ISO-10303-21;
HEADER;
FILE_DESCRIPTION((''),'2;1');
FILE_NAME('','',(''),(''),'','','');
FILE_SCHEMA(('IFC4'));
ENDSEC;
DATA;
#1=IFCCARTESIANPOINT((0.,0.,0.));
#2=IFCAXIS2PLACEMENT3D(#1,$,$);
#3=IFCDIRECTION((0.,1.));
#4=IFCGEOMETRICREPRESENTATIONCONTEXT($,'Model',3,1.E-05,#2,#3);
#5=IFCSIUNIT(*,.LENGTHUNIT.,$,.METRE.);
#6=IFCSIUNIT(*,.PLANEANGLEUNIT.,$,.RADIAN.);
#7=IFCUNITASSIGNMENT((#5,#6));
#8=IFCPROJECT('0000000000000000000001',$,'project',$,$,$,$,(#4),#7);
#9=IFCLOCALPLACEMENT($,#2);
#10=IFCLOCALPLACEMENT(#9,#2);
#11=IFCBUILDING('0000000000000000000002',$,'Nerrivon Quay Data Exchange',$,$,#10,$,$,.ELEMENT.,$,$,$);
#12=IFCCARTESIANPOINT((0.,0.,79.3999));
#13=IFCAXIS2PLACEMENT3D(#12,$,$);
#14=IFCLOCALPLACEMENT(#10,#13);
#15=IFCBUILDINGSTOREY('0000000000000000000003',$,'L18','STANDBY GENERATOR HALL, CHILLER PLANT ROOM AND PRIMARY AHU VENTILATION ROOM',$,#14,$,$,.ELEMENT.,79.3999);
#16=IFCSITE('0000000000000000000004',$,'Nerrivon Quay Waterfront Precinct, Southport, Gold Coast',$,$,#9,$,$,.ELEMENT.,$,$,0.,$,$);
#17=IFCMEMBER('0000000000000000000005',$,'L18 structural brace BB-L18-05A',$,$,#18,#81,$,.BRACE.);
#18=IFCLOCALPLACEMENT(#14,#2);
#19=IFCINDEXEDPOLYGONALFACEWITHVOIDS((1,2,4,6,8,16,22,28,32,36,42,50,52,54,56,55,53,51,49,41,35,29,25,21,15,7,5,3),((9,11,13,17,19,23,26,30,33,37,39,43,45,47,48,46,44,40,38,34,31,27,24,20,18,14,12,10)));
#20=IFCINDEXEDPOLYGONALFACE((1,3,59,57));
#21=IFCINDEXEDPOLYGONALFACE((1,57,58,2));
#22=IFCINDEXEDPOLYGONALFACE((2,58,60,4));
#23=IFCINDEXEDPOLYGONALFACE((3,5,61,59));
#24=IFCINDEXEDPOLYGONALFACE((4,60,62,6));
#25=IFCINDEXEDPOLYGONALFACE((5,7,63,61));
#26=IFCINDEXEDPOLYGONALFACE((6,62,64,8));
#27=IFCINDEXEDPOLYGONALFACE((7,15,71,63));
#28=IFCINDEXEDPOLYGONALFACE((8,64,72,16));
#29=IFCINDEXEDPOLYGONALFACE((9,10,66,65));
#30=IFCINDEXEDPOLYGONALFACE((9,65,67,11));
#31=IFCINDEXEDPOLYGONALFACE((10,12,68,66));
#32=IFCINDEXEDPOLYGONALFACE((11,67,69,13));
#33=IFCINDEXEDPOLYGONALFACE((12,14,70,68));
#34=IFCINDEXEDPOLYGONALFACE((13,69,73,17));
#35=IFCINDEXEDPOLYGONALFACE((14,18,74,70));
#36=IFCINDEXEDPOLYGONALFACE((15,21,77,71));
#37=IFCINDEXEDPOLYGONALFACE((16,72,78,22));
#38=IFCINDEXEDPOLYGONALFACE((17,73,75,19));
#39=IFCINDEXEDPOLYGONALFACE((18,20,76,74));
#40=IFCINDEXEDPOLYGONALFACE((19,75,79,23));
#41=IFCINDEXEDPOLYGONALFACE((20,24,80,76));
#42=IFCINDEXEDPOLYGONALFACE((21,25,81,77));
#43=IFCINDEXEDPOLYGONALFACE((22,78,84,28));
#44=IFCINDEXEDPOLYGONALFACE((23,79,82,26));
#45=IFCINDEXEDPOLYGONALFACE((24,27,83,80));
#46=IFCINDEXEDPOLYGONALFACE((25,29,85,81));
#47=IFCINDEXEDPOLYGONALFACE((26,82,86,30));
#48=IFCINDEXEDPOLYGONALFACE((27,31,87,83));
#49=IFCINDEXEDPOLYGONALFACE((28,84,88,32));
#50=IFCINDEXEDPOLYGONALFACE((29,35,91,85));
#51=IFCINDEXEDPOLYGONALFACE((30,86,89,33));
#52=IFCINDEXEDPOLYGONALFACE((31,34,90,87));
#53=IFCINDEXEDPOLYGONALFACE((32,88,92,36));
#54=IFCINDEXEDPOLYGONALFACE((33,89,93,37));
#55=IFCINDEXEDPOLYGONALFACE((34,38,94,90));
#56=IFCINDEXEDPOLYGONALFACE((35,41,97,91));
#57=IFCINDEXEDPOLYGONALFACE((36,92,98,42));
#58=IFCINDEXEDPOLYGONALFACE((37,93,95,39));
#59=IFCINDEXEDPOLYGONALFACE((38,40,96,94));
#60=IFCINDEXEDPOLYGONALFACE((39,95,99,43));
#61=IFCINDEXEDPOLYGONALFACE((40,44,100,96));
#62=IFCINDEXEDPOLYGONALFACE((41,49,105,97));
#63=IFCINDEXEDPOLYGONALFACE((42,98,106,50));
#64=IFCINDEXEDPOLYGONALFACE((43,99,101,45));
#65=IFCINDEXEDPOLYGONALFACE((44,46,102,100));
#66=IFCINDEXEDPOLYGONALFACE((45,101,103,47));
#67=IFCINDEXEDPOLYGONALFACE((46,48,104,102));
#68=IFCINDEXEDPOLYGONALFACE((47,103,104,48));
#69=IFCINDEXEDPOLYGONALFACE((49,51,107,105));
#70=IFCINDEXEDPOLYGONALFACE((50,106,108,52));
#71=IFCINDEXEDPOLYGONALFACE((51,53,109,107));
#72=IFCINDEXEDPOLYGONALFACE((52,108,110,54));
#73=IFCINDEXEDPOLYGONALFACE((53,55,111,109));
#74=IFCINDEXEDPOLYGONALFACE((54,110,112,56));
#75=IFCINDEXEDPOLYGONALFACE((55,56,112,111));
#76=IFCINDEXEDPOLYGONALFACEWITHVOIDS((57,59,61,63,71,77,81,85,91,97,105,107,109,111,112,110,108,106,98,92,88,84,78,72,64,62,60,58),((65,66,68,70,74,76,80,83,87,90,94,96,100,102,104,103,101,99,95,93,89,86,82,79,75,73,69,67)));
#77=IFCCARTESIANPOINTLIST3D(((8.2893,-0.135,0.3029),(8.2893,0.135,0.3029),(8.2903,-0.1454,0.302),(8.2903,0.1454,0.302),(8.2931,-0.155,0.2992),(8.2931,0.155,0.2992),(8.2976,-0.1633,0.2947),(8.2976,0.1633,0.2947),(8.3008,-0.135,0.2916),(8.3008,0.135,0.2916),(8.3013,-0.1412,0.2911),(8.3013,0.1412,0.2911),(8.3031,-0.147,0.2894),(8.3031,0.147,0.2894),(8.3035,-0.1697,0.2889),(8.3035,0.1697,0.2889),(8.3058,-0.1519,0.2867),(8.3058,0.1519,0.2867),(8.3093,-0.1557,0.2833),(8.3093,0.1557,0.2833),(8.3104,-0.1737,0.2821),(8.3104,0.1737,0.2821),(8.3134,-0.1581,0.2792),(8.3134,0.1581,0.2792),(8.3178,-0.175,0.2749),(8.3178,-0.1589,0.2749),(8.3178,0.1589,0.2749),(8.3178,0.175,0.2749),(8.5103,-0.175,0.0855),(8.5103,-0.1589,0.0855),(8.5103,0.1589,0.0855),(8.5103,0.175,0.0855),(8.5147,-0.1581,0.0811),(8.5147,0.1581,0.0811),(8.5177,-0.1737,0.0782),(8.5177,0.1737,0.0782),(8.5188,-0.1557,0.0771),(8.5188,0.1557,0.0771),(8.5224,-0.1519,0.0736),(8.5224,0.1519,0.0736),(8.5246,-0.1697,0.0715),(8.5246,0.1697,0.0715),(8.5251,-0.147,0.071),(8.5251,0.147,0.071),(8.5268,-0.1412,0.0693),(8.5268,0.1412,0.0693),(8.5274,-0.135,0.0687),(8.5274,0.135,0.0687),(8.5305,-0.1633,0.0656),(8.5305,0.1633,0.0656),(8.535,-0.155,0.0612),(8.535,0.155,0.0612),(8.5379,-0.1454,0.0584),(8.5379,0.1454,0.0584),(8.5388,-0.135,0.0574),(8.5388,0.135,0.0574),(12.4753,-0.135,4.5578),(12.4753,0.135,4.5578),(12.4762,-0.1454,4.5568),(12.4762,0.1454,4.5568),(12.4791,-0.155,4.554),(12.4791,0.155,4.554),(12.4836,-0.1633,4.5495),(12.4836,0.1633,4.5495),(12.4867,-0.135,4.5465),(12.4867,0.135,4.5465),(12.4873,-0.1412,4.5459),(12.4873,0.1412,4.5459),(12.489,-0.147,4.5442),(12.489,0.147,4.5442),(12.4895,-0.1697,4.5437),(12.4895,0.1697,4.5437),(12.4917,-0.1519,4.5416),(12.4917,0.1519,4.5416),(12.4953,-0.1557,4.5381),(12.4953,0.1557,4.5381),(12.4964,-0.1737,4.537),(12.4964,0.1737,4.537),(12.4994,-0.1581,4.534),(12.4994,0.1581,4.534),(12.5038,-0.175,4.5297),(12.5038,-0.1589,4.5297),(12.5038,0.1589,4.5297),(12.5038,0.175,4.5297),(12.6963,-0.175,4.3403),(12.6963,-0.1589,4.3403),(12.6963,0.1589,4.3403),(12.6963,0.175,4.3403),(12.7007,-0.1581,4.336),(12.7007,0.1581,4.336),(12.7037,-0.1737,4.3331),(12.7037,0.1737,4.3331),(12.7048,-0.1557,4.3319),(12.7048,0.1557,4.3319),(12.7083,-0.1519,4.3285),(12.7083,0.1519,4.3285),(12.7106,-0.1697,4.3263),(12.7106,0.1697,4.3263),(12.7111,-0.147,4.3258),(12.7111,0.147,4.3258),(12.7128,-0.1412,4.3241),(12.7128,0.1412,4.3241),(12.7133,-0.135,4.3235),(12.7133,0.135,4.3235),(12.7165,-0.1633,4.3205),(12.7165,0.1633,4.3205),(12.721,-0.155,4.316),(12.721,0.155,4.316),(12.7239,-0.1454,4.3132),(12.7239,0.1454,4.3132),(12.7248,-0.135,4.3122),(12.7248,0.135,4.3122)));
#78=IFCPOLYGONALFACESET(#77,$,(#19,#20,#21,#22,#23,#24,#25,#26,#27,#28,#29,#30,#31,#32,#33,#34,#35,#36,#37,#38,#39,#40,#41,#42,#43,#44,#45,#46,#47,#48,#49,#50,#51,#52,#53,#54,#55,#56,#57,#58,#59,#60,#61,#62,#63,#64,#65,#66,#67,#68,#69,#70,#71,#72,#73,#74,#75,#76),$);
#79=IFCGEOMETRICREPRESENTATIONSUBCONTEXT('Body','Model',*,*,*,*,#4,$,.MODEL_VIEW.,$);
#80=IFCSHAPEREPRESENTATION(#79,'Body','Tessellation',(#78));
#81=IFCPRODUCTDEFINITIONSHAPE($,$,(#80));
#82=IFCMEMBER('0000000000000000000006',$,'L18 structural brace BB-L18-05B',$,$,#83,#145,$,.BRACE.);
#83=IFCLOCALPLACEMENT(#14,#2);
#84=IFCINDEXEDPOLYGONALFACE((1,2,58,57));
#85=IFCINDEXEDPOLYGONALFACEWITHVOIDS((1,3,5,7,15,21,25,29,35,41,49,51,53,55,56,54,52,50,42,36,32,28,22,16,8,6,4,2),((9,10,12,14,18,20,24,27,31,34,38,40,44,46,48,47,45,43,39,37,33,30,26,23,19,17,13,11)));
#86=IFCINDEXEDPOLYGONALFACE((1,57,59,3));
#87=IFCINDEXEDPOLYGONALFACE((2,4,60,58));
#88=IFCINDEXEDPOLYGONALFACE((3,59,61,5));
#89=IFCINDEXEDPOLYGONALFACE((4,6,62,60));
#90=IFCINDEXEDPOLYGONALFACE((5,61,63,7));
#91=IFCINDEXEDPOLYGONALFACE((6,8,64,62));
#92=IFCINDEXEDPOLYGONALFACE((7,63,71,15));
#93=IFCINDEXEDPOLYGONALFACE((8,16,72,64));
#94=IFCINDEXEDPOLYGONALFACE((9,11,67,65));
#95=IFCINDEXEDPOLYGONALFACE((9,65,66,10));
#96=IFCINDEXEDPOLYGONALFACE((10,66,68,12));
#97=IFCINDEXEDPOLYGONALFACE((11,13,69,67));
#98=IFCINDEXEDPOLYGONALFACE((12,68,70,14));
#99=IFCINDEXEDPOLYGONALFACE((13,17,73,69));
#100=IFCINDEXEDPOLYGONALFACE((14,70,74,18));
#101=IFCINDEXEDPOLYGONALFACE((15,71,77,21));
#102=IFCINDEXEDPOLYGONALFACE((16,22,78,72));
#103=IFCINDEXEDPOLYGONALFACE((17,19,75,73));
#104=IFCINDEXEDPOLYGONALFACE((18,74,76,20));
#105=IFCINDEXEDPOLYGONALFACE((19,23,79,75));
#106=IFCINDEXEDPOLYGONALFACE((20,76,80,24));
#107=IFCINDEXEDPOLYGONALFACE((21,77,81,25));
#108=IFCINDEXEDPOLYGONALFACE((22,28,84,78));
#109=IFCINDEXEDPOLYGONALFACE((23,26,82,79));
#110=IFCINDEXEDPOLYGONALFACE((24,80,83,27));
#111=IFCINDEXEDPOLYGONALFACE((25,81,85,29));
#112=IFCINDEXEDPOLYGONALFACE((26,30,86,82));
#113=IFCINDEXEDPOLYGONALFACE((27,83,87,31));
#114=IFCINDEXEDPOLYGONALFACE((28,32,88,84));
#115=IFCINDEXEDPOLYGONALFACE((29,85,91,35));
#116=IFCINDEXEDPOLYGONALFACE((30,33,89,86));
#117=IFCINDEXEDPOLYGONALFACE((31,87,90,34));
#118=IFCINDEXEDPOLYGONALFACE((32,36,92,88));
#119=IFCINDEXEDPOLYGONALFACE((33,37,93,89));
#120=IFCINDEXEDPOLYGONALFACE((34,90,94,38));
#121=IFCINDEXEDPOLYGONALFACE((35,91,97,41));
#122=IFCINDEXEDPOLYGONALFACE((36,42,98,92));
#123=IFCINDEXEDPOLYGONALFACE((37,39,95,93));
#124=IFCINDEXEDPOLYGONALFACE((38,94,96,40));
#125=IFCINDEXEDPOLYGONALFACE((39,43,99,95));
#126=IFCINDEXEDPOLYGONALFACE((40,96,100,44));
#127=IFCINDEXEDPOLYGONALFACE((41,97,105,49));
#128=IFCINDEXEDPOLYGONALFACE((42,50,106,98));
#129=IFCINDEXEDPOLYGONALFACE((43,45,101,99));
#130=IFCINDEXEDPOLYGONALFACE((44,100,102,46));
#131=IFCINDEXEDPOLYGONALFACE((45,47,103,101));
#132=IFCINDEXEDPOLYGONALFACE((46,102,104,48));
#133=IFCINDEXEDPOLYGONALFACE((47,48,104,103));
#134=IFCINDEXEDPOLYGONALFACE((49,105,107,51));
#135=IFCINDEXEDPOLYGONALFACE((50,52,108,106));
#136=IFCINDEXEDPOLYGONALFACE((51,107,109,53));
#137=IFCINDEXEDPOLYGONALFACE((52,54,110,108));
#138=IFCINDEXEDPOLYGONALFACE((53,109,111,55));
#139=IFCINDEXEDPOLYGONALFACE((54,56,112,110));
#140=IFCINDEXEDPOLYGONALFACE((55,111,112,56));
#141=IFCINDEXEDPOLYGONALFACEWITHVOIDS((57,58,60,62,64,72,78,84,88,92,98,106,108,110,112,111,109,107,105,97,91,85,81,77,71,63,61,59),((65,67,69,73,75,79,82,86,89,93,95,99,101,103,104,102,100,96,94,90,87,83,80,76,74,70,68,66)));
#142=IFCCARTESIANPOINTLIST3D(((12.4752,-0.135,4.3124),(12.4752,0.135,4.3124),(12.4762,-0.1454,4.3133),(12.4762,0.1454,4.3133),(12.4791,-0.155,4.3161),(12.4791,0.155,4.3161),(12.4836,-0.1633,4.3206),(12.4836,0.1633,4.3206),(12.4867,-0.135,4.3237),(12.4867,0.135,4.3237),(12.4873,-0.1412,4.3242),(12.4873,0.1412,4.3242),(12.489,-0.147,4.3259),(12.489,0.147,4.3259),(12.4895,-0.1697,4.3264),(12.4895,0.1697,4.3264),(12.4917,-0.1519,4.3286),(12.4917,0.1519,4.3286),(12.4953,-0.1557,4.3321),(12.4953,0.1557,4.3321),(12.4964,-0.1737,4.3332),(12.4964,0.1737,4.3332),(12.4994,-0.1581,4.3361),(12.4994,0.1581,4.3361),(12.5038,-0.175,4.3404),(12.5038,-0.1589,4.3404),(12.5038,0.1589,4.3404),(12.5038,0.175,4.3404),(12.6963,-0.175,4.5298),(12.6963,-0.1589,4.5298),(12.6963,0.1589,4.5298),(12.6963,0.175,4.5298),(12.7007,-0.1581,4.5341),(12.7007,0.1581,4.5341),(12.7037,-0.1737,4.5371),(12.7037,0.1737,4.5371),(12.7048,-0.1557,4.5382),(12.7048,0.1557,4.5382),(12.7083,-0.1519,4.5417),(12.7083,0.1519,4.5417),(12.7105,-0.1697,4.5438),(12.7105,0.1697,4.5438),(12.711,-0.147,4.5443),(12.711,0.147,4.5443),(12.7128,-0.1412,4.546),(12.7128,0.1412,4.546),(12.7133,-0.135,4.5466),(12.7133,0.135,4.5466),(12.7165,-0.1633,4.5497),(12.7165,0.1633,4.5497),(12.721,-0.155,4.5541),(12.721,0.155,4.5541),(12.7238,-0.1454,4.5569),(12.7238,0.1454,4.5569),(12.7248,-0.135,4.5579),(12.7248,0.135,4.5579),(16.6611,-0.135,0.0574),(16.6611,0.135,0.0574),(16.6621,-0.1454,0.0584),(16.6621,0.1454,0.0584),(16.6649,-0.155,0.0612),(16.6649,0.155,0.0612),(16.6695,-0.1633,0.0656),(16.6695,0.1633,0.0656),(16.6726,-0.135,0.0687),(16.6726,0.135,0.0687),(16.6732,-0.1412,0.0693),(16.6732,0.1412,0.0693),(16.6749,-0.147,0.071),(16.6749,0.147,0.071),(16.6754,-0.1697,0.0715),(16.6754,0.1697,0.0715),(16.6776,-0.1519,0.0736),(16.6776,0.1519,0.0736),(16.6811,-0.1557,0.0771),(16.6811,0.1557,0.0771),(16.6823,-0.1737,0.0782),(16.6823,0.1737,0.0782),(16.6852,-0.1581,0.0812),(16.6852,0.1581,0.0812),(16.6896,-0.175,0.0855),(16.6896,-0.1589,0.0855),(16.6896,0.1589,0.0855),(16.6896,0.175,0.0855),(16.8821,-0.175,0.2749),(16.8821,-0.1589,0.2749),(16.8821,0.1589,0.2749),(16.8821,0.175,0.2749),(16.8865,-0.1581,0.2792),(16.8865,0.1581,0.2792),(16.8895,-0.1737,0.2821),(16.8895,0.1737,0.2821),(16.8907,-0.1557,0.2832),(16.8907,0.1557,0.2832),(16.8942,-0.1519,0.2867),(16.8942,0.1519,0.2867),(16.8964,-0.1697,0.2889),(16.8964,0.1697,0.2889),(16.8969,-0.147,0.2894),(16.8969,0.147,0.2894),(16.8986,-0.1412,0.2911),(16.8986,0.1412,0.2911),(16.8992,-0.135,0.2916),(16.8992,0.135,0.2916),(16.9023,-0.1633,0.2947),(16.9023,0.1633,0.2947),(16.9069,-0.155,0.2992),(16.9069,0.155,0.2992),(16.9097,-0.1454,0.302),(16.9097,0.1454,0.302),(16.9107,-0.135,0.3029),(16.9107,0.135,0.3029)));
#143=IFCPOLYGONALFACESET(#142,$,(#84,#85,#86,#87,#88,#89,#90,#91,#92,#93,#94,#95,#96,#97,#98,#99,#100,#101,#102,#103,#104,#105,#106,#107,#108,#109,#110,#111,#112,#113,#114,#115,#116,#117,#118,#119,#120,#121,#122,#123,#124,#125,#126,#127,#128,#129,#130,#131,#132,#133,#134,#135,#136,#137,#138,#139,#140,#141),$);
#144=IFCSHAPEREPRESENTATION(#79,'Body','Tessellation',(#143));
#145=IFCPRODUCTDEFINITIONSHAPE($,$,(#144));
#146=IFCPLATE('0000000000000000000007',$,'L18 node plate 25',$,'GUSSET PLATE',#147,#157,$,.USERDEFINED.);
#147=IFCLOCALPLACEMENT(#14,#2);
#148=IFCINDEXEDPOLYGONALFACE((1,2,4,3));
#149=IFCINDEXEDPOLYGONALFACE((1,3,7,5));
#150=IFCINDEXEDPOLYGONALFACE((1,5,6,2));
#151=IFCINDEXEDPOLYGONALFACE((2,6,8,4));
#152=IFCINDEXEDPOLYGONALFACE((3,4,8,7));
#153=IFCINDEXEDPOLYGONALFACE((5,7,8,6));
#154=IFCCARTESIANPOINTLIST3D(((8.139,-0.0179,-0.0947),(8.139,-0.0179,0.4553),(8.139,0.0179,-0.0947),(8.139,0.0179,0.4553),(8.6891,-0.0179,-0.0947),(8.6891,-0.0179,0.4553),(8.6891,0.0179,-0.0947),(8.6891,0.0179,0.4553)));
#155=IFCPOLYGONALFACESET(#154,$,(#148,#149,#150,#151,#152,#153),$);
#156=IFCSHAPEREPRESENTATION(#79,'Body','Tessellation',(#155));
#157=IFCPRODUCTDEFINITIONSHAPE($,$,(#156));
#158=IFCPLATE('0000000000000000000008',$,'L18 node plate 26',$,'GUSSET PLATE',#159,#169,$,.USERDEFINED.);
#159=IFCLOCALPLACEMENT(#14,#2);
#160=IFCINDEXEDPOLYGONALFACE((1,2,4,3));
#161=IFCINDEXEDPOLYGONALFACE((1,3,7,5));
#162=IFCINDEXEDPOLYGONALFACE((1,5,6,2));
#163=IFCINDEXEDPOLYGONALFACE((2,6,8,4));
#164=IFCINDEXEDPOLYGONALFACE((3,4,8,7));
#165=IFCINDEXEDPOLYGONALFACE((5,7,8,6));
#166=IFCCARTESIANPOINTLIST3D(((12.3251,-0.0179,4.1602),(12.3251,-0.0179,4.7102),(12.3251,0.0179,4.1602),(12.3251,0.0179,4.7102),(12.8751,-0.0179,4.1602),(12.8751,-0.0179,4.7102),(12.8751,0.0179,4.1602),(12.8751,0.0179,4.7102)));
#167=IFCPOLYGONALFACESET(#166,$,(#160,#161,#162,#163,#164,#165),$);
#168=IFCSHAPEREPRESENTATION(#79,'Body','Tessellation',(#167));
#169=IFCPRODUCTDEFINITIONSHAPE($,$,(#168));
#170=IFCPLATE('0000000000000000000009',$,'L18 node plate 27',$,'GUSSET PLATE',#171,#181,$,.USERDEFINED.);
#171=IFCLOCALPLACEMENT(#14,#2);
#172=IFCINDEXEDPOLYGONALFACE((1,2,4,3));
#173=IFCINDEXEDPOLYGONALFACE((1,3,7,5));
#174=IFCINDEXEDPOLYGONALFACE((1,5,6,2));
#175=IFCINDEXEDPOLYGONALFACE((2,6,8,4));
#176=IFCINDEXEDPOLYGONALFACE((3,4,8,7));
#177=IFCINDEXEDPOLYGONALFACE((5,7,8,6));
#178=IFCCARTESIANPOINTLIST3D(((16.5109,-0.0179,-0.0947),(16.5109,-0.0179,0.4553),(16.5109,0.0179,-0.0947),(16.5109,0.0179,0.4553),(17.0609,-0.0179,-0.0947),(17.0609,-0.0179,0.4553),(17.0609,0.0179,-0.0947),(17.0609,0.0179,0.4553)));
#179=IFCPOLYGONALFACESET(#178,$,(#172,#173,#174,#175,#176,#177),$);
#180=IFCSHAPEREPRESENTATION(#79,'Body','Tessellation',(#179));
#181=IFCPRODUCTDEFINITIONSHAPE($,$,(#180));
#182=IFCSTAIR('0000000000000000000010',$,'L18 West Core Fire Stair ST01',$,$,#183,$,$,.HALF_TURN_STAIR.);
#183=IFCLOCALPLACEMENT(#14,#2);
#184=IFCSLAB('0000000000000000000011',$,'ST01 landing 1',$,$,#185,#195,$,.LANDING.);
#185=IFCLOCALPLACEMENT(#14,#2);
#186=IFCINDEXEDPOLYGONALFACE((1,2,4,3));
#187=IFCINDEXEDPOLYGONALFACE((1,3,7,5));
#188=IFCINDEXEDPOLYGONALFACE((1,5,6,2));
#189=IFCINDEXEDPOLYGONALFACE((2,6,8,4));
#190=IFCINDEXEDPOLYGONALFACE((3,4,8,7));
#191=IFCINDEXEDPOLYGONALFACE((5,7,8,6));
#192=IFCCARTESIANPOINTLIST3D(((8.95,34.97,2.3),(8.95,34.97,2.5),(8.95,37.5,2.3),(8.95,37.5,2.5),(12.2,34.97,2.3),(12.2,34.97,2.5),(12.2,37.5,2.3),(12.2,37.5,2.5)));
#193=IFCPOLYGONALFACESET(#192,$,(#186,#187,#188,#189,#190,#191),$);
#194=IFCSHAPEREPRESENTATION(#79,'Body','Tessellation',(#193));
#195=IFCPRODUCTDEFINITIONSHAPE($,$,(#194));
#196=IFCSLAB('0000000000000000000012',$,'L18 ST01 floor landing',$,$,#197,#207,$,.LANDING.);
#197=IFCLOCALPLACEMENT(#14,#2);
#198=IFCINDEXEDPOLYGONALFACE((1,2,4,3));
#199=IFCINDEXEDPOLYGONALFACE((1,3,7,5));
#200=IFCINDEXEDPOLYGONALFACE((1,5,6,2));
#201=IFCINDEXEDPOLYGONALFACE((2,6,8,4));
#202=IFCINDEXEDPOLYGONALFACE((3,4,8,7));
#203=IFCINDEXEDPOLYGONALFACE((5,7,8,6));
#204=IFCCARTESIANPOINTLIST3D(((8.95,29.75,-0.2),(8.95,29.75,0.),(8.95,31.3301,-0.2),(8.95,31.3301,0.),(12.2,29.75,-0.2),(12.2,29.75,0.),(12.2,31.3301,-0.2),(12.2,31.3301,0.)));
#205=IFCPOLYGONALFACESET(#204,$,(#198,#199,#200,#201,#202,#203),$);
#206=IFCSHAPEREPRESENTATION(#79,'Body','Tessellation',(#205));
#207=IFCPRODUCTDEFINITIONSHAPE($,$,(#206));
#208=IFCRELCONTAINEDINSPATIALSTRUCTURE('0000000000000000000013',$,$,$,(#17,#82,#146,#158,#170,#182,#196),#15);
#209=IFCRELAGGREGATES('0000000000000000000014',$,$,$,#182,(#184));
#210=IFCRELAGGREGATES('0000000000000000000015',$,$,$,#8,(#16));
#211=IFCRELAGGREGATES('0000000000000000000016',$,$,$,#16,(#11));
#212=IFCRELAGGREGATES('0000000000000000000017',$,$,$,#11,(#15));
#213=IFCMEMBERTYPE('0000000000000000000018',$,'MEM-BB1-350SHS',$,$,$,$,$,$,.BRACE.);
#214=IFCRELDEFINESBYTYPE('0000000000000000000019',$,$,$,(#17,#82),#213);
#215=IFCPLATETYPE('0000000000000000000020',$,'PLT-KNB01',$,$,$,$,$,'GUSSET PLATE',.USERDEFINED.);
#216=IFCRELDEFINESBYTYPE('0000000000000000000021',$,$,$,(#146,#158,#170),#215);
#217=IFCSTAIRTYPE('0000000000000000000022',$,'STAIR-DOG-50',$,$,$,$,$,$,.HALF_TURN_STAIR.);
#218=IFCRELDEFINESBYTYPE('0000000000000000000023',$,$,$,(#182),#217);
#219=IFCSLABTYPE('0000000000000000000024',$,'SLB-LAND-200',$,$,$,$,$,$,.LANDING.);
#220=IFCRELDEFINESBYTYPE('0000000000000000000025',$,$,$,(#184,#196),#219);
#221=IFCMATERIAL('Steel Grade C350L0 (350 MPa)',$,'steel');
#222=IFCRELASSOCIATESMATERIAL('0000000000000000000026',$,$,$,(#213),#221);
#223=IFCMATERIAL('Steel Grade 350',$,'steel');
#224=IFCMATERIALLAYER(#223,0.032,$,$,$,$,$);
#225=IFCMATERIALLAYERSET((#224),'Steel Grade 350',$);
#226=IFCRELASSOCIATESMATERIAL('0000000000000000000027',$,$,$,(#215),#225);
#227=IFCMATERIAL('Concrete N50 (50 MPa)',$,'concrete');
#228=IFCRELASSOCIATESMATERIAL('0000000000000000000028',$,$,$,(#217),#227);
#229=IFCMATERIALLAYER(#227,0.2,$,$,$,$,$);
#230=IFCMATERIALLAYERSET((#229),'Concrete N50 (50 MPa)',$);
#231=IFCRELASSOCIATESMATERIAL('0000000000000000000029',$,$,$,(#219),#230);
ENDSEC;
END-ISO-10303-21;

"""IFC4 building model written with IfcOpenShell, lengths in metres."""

from ifc_helpers import new_model, si_unit, direction, frame, origin, origin_2d, place, context, subcontext, project, spatial, polyline, rectangle, hollow_rectangle, outline, extrude, material, layer, layer_set, material_profile, profile_set, type_object, element, aggregate, save


model = new_model("IFC4")

# Units and contexts
model_context = context("Model", 3, precision=1e-05, world=origin(), true_north=direction((0.0, 1.0)))
body_context = subcontext(model_context, "Body", "Model", "MODEL_VIEW")
ifc_project = project(units=[si_unit("LENGTHUNIT", "METRE"), si_unit("PLANEANGLEUNIT", "RADIAN")], contexts=[model_context])

# Site, building, storey
site_placement = place(None, origin())
site = spatial("IfcSite", under=ifc_project, at=site_placement, Name="Nerrivon Quay Waterfront Precinct, Southport, Gold Coast", CompositionType="ELEMENT", RefElevation=0.0)
building_placement = place(site_placement, origin())
building = spatial("IfcBuilding", under=site, at=building_placement, Name="Nerrivon Quay Data Exchange", CompositionType="ELEMENT")
storey_placement = place(building_placement, frame((0.0, 0.0, 79.3999)))
storey = spatial("IfcBuildingStorey", under=building, at=storey_placement, Name="L18", Description="STANDBY GENERATOR HALL, CHILLER PLANT ROOM AND PRIMARY AHU VENTILATION ROOM", CompositionType="ELEMENT", Elevation=79.3999)

# Shared definitions
ifc_material_1 = material(Name="Steel Grade 350", Category="steel")

# Shared definitions
ifc_material_2 = material(Name="Steel Grade C350L0 (350 MPa)", Category="steel")

# Members
ifc_material_profile_1 = material_profile(ifc_material_2, hollow_rectangle(XDim=0.3501, YDim=0.3501, WallThickness=0.0161, InnerFilletRadius=0.0239, OuterFilletRadius=0.04, at=origin_2d()), Name="350x350x16.0SHS")
ifc_profile_set_1 = profile_set([ifc_material_profile_1], Name="Steel Grade C350L0 (350 MPa)")
member_type = type_object("IfcMemberType", Name="MEM-BB1-350SHS", PredefinedType="BRACE", material=ifc_profile_set_1)
for number, where, z_axis, x_axis, name in (
    (1, (8.4141, 0.0, 0.1802), (0.701316, 0.0, 0.712851), (0.0, 1.0, 0.0), "L18 structural brace BB-L18-05A"),
    (2, (16.7859, 0.0, 0.1802), (-0.701295, 0.0, 0.712871), (0.0, -1.0, 0.0), "L18 structural brace BB-L18-05B"),
):
    element("IfcMember", number, at=place(storey_placement, frame(where, z_axis=z_axis, x_axis=x_axis)), inside=storey, type_object=member_type, Name=name, PredefinedType="BRACE", context=body_context, shape_type="SweptSolid", body=[
        extrude(hollow_rectangle(XDim=0.3501, YDim=0.3501, WallThickness=0.0161, InnerFilletRadius=0.0239, OuterFilletRadius=0.04, at=origin_2d()), origin(), (0.0, 0.0, 1.0), 5.9688),
    ])

# Plates
ifc_layer_1 = layer(ifc_material_1, 0.032)
ifc_layer_set_1 = layer_set([ifc_layer_1], Name="Steel Grade 350")
plate_type = type_object("IfcPlateType", Name="PLT-KNB01", ElementType="GUSSET PLATE", PredefinedType="USERDEFINED", material=ifc_layer_set_1)
for number, where, z_axis, x_axis, name in (
    (3, (8.4141, 0.0, -0.0947), (0.0, 0.0, 1.0), (1.0, 0.0, 0.0), "L18 node plate 25"),
    (4, (12.6001, 0.0, 4.1602), (0.0, 0.0, 1.0), (1.0, 0.0, 0.0), "L18 node plate 26"),
    (5, (16.7859, 0.0, -0.0947), (0.0, 0.0, 1.0), (1.0, 0.0, 0.0), "L18 node plate 27"),
):
    element("IfcPlate", number, at=place(storey_placement, frame(where, z_axis=z_axis, x_axis=x_axis)), inside=storey, type_object=plate_type, Name=name, ObjectType="GUSSET PLATE", PredefinedType="USERDEFINED", context=body_context, shape_type="SweptSolid", body=[
        extrude(rectangle(XDim=0.55, YDim=0.0359, at=origin_2d()), origin(), (0.0, 0.0, 1.0), 0.55),
    ])

# Stair, slab
ifc_material_3 = material(Name="Concrete N50 (50 MPa)", Category="concrete")
stair_type = type_object("IfcStairType", Name="STAIR-DOG-50", PredefinedType="HALF_TURN_STAIR", material=ifc_material_3)
stair_1_placement = place(storey_placement, origin())
stair_1 = element("IfcStair", 6, at=stair_1_placement, inside=storey, type_object=stair_type, Name="L18 West Core Fire Stair ST01", PredefinedType="HALF_TURN_STAIR")
ifc_layer_2 = layer(ifc_material_3, 0.2)
ifc_layer_set_2 = layer_set([ifc_layer_2], Name="Concrete N50 (50 MPa)")
slab_type = type_object("IfcSlabType", Name="SLB-LAND-200", PredefinedType="LANDING", material=ifc_layer_set_2)
slab_1_placement = place(storey_placement, frame((0.0, 0.0, 2.3)))
slab_1 = element("IfcSlab", 7, at=slab_1_placement, type_object=slab_type, Name="ST01 landing 1", PredefinedType="LANDING", context=body_context, shape_type="SweptSolid", body=[
    extrude(outline(polyline([(12.2, 34.97), (12.2, 37.5), (8.95, 37.5), (8.95, 34.97), (12.2, 34.97)])), origin(), (0.0, 0.0, 1.0), 0.2),
])
aggregate(stair_1, [slab_1])

# Slab
slab_2_placement = place(storey_placement, frame((0.0, 0.0, -0.2)))
element("IfcSlab", 8, at=slab_2_placement, inside=storey, type_object=slab_type, Name="L18 ST01 floor landing", PredefinedType="LANDING", context=body_context, shape_type="SweptSolid", body=[
    extrude(outline(polyline([(12.2, 29.75), (12.2, 31.3301), (8.95, 31.3301), (8.95, 29.75), (12.2, 29.75)])), origin(), (0.0, 0.0, 1.0), 0.2),
])

save(model, "model.ifc")
